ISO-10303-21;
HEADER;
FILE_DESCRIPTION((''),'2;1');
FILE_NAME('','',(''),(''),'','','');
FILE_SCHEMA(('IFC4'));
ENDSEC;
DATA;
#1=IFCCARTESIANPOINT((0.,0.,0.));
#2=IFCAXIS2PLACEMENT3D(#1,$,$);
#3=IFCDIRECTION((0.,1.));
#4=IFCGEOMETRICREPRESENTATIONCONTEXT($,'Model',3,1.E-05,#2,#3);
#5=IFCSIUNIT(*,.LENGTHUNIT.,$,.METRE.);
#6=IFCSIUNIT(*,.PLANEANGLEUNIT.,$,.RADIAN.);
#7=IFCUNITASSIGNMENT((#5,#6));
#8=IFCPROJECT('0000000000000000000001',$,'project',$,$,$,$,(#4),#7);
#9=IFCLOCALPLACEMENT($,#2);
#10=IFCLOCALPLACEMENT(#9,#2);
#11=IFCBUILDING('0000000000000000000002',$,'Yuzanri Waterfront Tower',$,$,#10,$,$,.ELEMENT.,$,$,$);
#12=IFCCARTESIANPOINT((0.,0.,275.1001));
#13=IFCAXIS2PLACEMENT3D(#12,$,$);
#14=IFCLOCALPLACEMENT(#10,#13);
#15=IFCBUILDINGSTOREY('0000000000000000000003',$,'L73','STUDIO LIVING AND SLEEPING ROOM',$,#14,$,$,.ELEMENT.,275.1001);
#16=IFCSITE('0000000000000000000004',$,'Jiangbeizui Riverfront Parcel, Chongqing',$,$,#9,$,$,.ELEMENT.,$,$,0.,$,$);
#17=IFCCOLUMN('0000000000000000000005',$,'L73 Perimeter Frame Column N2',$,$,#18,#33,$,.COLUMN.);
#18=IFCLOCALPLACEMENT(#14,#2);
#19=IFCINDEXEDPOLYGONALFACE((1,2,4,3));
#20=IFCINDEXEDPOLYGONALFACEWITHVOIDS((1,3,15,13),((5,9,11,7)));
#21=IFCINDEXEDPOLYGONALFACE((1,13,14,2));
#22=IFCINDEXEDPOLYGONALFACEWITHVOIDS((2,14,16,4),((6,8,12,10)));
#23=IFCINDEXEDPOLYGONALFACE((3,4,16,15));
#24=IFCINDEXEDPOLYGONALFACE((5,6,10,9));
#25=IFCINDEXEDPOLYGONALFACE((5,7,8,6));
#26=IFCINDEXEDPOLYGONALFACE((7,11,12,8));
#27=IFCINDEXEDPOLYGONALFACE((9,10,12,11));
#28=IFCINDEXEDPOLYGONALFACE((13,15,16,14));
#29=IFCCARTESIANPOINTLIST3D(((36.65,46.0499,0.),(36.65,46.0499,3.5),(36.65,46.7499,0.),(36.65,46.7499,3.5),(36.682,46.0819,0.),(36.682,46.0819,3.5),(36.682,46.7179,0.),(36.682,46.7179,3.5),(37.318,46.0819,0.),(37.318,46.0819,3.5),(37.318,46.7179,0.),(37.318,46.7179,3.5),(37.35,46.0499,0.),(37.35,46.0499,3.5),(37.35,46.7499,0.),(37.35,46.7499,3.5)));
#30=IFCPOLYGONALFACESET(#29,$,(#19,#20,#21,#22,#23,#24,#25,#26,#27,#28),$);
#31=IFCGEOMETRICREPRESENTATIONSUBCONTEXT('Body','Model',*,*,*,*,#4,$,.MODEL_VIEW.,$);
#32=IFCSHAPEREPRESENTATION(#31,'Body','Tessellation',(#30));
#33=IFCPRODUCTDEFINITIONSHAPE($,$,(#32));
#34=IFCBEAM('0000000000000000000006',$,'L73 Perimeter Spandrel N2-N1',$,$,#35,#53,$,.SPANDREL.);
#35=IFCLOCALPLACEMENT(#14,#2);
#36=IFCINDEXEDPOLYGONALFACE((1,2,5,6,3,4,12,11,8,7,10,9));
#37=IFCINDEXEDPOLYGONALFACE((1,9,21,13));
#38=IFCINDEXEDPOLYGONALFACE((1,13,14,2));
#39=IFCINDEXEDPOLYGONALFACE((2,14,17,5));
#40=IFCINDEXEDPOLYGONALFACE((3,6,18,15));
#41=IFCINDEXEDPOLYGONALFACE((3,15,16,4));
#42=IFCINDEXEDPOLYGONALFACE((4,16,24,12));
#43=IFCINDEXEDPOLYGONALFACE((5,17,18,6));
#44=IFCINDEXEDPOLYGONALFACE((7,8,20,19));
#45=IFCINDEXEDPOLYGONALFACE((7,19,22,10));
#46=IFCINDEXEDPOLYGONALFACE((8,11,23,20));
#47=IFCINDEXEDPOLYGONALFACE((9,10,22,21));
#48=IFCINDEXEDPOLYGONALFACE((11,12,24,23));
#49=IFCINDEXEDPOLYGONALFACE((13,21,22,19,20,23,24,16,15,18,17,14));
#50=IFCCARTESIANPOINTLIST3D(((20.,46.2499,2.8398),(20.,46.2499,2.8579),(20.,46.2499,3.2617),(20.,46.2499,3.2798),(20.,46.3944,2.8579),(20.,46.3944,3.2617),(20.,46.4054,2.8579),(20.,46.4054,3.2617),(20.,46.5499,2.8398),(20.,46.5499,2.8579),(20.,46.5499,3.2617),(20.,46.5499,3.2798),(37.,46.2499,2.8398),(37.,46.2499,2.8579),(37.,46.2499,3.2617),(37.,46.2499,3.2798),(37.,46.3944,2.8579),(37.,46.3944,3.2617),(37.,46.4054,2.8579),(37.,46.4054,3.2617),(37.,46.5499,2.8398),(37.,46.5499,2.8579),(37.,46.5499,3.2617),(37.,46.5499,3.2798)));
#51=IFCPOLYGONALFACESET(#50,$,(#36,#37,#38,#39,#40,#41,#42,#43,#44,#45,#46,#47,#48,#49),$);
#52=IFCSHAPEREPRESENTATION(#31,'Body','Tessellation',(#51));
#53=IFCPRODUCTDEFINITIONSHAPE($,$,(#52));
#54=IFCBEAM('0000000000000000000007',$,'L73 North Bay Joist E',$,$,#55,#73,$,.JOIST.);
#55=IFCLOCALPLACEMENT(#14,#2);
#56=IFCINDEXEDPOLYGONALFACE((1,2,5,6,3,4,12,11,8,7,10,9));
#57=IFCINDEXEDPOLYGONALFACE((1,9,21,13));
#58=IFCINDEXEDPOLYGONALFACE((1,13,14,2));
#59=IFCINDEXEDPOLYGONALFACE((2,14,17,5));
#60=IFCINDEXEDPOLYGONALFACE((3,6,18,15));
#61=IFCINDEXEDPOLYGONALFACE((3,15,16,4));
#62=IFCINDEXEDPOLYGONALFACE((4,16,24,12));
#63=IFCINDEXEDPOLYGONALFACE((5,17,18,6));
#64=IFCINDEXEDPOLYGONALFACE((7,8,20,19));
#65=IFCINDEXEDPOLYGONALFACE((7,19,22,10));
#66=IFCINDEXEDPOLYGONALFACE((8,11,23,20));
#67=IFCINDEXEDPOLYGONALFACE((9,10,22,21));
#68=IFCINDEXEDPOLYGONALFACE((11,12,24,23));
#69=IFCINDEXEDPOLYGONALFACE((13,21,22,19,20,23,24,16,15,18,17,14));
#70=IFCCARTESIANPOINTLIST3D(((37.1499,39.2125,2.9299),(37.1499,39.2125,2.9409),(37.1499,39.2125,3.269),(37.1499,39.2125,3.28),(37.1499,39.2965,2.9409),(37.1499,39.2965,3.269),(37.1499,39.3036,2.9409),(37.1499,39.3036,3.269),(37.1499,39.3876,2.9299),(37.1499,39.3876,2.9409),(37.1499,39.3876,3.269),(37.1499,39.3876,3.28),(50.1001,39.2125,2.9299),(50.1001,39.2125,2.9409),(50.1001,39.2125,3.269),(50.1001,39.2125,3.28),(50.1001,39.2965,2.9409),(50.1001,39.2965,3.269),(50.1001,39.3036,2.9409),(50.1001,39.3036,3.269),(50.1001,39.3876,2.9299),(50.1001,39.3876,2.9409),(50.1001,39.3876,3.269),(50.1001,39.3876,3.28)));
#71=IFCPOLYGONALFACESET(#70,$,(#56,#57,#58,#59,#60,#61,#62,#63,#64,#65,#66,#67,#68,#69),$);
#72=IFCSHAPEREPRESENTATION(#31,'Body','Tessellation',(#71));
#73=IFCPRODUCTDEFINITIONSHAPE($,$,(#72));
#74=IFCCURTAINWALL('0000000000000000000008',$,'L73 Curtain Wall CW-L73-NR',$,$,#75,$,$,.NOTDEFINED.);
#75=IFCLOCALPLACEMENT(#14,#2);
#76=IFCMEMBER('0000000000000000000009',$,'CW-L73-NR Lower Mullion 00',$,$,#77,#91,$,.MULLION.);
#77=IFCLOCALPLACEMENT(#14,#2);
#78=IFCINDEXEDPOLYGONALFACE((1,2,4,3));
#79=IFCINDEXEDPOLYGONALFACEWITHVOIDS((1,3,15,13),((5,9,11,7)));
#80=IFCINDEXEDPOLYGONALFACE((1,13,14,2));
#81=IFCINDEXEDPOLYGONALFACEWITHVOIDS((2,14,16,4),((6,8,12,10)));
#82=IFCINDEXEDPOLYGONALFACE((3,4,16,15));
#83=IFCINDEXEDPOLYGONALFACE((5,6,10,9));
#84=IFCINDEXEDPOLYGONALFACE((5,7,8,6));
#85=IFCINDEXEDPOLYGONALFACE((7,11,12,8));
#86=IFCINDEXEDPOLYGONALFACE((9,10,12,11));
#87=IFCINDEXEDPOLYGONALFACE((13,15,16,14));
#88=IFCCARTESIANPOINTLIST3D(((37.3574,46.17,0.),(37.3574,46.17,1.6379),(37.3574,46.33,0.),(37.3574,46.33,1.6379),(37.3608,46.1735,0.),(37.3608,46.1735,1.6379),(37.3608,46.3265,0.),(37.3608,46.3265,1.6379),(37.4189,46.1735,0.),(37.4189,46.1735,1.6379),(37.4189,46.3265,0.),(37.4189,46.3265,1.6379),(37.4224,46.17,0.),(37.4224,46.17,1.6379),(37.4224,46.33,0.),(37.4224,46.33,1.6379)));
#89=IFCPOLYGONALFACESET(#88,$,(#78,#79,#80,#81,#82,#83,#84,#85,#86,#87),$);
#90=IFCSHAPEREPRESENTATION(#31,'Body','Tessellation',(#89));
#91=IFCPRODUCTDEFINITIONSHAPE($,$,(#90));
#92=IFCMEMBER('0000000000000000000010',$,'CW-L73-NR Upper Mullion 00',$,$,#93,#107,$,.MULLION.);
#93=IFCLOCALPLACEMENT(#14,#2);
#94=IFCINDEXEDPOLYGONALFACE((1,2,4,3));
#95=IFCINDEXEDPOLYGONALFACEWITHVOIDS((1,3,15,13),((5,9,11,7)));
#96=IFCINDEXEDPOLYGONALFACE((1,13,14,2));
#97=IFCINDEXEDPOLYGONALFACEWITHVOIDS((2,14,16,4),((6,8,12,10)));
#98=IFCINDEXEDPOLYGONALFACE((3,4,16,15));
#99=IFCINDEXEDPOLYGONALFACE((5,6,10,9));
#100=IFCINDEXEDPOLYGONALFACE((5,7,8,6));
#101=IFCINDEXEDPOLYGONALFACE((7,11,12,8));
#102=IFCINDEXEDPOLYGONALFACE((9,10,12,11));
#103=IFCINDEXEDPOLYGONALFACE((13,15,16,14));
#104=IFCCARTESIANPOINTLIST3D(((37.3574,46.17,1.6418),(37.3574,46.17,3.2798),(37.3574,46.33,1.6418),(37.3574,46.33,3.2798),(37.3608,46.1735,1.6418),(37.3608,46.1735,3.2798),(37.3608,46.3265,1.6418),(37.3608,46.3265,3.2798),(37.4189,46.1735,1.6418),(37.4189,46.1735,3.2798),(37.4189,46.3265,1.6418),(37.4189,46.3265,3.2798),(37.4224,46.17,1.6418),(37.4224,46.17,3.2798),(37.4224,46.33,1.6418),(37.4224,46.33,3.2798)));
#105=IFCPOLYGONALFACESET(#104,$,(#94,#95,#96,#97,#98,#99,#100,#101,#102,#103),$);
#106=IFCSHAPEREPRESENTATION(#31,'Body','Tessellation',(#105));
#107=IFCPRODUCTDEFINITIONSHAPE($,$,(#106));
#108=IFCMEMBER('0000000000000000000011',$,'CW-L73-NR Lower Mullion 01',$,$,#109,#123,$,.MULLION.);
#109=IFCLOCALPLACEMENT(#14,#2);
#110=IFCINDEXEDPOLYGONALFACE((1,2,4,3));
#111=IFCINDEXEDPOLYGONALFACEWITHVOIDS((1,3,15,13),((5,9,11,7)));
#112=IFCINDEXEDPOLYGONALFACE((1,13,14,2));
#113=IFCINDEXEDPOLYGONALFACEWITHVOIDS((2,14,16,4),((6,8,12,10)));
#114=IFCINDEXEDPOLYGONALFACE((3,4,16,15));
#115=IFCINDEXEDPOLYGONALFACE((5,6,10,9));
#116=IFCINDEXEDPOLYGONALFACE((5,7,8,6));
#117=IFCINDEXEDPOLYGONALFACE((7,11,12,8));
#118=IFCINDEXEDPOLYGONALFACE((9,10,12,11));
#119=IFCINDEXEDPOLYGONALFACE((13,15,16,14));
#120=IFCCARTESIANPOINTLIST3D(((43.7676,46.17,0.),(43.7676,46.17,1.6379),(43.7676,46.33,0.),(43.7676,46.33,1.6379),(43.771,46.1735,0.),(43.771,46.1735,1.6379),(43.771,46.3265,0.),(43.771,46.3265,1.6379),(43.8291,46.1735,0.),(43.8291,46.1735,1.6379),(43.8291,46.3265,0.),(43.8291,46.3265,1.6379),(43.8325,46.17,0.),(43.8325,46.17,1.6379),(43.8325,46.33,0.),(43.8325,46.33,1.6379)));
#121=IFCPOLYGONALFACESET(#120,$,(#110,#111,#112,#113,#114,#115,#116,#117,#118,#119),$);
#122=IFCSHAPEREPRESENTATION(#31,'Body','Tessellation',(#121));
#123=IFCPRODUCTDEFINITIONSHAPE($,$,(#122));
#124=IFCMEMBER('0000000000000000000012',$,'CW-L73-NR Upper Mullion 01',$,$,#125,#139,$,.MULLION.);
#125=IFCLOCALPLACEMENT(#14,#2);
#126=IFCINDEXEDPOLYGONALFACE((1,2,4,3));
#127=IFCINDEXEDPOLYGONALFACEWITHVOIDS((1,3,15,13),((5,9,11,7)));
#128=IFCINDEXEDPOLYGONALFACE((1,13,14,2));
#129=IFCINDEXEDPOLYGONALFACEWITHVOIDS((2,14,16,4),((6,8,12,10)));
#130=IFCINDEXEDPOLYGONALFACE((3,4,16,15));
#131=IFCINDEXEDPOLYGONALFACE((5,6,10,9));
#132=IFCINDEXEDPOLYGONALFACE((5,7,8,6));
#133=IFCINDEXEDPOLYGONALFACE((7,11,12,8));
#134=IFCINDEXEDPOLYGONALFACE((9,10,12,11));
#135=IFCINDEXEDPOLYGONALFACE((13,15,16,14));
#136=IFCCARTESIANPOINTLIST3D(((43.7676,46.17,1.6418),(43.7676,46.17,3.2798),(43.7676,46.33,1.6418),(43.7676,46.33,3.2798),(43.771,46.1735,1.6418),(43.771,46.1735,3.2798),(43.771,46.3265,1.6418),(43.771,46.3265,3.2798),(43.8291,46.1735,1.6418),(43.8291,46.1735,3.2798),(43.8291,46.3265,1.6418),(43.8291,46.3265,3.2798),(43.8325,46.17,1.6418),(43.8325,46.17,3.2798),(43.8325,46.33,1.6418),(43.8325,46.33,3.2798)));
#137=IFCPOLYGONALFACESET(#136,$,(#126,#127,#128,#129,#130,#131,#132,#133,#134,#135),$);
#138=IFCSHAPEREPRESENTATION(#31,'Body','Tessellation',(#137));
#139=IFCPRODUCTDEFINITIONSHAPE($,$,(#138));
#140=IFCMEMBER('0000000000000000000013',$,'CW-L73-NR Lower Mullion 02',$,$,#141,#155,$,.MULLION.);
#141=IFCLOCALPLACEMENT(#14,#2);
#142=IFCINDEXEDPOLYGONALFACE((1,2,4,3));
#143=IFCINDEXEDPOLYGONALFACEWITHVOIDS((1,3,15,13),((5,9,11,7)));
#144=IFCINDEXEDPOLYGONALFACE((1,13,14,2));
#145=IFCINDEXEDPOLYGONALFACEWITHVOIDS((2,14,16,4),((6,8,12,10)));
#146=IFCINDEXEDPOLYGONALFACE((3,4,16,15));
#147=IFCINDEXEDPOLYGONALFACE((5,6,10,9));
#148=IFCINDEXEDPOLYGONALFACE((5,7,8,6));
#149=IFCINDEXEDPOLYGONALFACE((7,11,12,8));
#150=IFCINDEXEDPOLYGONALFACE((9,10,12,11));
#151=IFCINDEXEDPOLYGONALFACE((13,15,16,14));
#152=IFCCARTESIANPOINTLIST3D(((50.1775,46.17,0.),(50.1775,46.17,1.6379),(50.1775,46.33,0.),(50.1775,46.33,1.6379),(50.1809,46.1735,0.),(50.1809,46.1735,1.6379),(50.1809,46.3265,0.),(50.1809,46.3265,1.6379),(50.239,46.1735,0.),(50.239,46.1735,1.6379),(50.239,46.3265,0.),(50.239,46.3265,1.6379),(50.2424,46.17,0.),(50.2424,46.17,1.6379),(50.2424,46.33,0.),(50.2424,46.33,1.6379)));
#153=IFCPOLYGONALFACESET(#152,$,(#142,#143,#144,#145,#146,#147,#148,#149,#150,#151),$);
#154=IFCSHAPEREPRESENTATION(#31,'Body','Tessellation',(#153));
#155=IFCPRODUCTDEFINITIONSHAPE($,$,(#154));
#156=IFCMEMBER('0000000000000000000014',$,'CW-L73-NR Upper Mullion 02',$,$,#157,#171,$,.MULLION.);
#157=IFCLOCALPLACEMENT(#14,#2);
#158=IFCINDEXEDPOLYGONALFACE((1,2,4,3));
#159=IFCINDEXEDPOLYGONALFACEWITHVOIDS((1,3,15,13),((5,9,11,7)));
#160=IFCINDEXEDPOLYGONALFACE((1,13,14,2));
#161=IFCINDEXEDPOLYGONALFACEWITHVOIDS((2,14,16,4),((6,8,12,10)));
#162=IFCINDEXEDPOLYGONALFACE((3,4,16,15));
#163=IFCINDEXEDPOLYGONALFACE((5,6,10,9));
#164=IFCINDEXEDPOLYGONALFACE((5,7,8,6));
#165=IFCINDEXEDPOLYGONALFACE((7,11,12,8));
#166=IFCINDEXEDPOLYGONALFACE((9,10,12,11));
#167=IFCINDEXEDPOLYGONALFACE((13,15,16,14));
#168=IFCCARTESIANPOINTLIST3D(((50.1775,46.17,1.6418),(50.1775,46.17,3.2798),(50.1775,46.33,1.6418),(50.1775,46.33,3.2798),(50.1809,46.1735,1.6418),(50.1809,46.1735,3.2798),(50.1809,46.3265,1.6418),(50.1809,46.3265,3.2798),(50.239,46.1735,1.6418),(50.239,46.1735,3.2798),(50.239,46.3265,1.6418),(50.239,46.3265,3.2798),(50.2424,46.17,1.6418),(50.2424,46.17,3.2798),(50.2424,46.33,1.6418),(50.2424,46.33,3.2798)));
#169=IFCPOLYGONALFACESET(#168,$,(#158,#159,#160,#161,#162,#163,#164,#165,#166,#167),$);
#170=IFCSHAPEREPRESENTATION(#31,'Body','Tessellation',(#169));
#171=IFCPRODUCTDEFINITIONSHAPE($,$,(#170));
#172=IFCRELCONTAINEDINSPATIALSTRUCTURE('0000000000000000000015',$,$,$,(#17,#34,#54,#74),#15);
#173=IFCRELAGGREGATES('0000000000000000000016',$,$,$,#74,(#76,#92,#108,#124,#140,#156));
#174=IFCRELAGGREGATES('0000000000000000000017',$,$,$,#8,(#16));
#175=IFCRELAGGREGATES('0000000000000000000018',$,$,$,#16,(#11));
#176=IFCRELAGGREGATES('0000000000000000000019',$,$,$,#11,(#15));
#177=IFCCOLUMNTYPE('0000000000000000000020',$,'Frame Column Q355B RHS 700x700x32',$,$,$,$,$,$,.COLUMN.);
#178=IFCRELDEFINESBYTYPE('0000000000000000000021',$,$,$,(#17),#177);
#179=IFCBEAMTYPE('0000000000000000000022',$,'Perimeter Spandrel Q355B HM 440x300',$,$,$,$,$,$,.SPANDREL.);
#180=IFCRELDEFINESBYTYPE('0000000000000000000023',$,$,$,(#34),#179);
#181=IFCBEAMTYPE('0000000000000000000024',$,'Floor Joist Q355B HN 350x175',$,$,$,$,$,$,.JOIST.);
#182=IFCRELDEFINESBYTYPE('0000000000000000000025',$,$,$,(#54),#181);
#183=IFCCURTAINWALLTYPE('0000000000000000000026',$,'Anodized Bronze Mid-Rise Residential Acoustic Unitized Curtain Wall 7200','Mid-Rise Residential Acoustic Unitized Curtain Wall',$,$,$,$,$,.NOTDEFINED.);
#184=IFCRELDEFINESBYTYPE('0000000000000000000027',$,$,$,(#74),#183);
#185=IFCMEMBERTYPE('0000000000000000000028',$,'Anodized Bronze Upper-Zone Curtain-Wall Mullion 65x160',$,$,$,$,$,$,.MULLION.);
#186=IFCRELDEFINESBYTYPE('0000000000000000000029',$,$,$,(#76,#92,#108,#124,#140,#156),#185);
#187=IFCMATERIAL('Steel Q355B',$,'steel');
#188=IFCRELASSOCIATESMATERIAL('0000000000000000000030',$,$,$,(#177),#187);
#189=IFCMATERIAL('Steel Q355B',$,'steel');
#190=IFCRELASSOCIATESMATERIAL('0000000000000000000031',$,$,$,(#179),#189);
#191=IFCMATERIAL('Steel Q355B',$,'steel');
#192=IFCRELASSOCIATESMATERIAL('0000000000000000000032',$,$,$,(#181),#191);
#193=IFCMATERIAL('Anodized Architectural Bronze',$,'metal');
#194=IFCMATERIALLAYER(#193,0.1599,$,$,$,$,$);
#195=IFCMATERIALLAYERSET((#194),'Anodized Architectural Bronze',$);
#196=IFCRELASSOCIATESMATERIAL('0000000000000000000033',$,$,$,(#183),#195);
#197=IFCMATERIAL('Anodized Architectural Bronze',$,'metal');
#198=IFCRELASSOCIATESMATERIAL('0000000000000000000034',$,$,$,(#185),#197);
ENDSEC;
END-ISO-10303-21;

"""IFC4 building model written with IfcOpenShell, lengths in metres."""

from ifc_helpers import new_model, si_unit, direction, frame, origin, origin_2d, place, context, subcontext, project, spatial, hollow_rectangle, i_section, extrude, source, transform, mapped, material, layer, layer_set, material_profile, profile_set, type_object, element, aggregate, save


model = new_model("IFC4")

# Units and contexts
model_context = context("Model", 3, precision=1e-05, world=origin(), true_north=direction((0.0, 1.0)))
body_context = subcontext(model_context, "Body", "Model", "MODEL_VIEW")
ifc_project = project(units=[si_unit("LENGTHUNIT", "METRE"), si_unit("PLANEANGLEUNIT", "RADIAN")], contexts=[model_context])

# Site, building, storey
site_placement = place(None, origin())
site = spatial("IfcSite", under=ifc_project, at=site_placement, Name="Jiangbeizui Riverfront Parcel, Chongqing", CompositionType="ELEMENT", RefElevation=0.0)
building_placement = place(site_placement, origin())
building = spatial("IfcBuilding", under=site, at=building_placement, Name="Yuzanri Waterfront Tower", CompositionType="ELEMENT")
storey_placement = place(building_placement, frame((0.0, 0.0, 275.1001)))
storey = spatial("IfcBuildingStorey", under=building, at=storey_placement, Name="L73", Description="STUDIO LIVING AND SLEEPING ROOM", CompositionType="ELEMENT", Elevation=275.1001)

# Column
ifc_material_1 = material(Name="Steel Q355B", Category="steel")
ifc_material_profile_1 = material_profile(ifc_material_1, hollow_rectangle(XDim=0.7, YDim=0.7, WallThickness=0.032, at=origin_2d()), Name="RHS 700x700x32")
ifc_profile_set_1 = profile_set([ifc_material_profile_1], Name="Steel Q355B")
column_type = type_object("IfcColumnType", Name="Frame Column Q355B RHS 700x700x32", PredefinedType="COLUMN", material=ifc_profile_set_1)
shared_shape_1 = source(origin(), body_context, "Body", "SweptSolid", [
    extrude(hollow_rectangle(XDim=0.7, YDim=0.7, WallThickness=0.032, at=origin_2d()), origin(), (0.0, 0.0, 1.0), 3.5),
])
column_placement = place(storey_placement, frame((37.0, 46.3999, 0.0), z_axis=(0.0, 0.0, 1.0), x_axis=(1.0, 0.0, 0.0)))
element("IfcColumn", 1, at=column_placement, inside=storey, type_object=column_type, Name="L73 Perimeter Frame Column N2", PredefinedType="COLUMN", context=body_context, shape_type="MappedRepresentation", body=[
    mapped(shared_shape_1, transform((0.0, 0.0, 0.0), scale=1.0)),
])

# Beams
ifc_material_2 = material(Name="Steel Q355B", Category="steel")
ifc_material_profile_2 = material_profile(ifc_material_2, i_section(OverallWidth=0.3, OverallDepth=0.4399, WebThickness=0.011, FlangeThickness=0.0181, at=origin_2d()), Name="HM 440x300x11x18")
ifc_profile_set_2 = profile_set([ifc_material_profile_2], Name="Steel Q355B")
beam_type_1 = type_object("IfcBeamType", Name="Perimeter Spandrel Q355B HM 440x300", PredefinedType="SPANDREL", material=ifc_profile_set_2)
shared_shape_2 = source(origin(), body_context, "Body", "SweptSolid", [
    extrude(i_section(OverallWidth=0.3, OverallDepth=0.4399, WebThickness=0.011, FlangeThickness=0.0181, at=origin_2d()), origin(), (0.0, 0.0, 1.0), 17.0),
])
beam_1_placement = place(storey_placement, frame((37.0, 46.3999, 3.0598), z_axis=(-1.0, 0.0, 0.0), x_axis=(0.0, -1.0, 0.0)))
element("IfcBeam", 2, at=beam_1_placement, inside=storey, type_object=beam_type_1, Name="L73 Perimeter Spandrel N2-N1", PredefinedType="SPANDREL", context=body_context, shape_type="MappedRepresentation", body=[
    mapped(shared_shape_2, transform((0.0, 0.0, 0.0), scale=1.0)),
])
ifc_material_3 = material(Name="Steel Q355B", Category="steel")
ifc_material_profile_3 = material_profile(ifc_material_3, i_section(OverallWidth=0.175, OverallDepth=0.3501, WebThickness=0.0071, FlangeThickness=0.011, at=origin_2d()), Name="HN 350x175x7x11")
ifc_profile_set_3 = profile_set([ifc_material_profile_3], Name="Steel Q355B")
beam_type_2 = type_object("IfcBeamType", Name="Floor Joist Q355B HN 350x175", PredefinedType="JOIST", material=ifc_profile_set_3)
shared_shape_3 = source(origin(), body_context, "Body", "SweptSolid", [
    extrude(i_section(OverallWidth=0.175, OverallDepth=0.3501, WebThickness=0.0071, FlangeThickness=0.011, at=origin_2d()), origin(), (0.0, 0.0, 1.0), 12.9502),
])
beam_2_placement = place(storey_placement, frame((37.1499, 39.3, 3.105), z_axis=(1.0, 0.0, 0.0), x_axis=(0.0, 1.0, 0.0)))
element("IfcBeam", 3, at=beam_2_placement, inside=storey, type_object=beam_type_2, Name="L73 North Bay Joist E", PredefinedType="JOIST", context=body_context, shape_type="MappedRepresentation", body=[
    mapped(shared_shape_3, transform((0.0, 0.0, 0.0), scale=1.0)),
])

# Curtain wall, members
ifc_material_4 = material(Name="Anodized Architectural Bronze", Category="metal")
ifc_layer_1 = layer(ifc_material_4, 0.1599)
ifc_layer_set_1 = layer_set([ifc_layer_1], Name="Anodized Architectural Bronze")
curtain_wall_type = type_object("IfcCurtainWallType", Name="Anodized Bronze Mid-Rise Residential Acoustic Unitized Curtain Wall 7200", Description="Mid-Rise Residential Acoustic Unitized Curtain Wall", PredefinedType="NOTDEFINED", material=ifc_layer_set_1)
curtain_wall_placement = place(storey_placement, origin())
curtain_wall = element("IfcCurtainWall", 4, at=curtain_wall_placement, inside=storey, type_object=curtain_wall_type, Name="L73 Curtain Wall CW-L73-NR", PredefinedType="NOTDEFINED")
ifc_material_5 = material(Name="Anodized Architectural Bronze", Category="metal")
ifc_material_profile_4 = material_profile(ifc_material_5, hollow_rectangle(XDim=0.0649, YDim=0.1599, WallThickness=0.0034, at=origin_2d()), Name="CWM 65x160")
ifc_profile_set_4 = profile_set([ifc_material_profile_4], Name="Anodized Architectural Bronze")
member_type_1 = type_object("IfcMemberType", Name="Anodized Bronze Upper-Zone Curtain-Wall Mullion 65x160", PredefinedType="MULLION", material=ifc_profile_set_4)
shared_shape_4 = source(origin(), body_context, "Body", "SweptSolid", [
    extrude(hollow_rectangle(XDim=0.0649, YDim=0.1599, WallThickness=0.0034, at=origin_2d()), origin(), (0.0, 0.0, 1.0), 1.6379),
])
member_1_placement = place(storey_placement, frame((37.3899, 46.25, 0.0), z_axis=(0.0, 0.0, 1.0), x_axis=(1.0, 0.0, 0.0)))
member_1 = element("IfcMember", 5, at=member_1_placement, type_object=member_type_1, Name="CW-L73-NR Lower Mullion 00", PredefinedType="MULLION", context=body_context, shape_type="MappedRepresentation", body=[
    mapped(shared_shape_4, transform((0.0, 0.0, 0.0), scale=1.0)),
])
member_2_placement = place(storey_placement, frame((37.3899, 46.25, 1.6418), z_axis=(0.0, 0.0, 1.0), x_axis=(1.0, 0.0, 0.0)))
member_2 = element("IfcMember", 6, at=member_2_placement, type_object=member_type_1, Name="CW-L73-NR Upper Mullion 00", PredefinedType="MULLION", context=body_context, shape_type="MappedRepresentation", body=[
    mapped(shared_shape_4, transform((0.0, 0.0, 0.0), scale=1.0)),
])
member_3_placement = place(storey_placement, frame((43.8, 46.25, 0.0), z_axis=(0.0, 0.0, 1.0), x_axis=(1.0, 0.0, 0.0)))
member_3 = element("IfcMember", 7, at=member_3_placement, type_object=member_type_1, Name="CW-L73-NR Lower Mullion 01", PredefinedType="MULLION", context=body_context, shape_type="MappedRepresentation", body=[
    mapped(shared_shape_4, transform((0.0, 0.0, 0.0), scale=1.0)),
])
member_4_placement = place(storey_placement, frame((43.8, 46.25, 1.6418), z_axis=(0.0, 0.0, 1.0), x_axis=(1.0, 0.0, 0.0)))
member_4 = element("IfcMember", 8, at=member_4_placement, type_object=member_type_1, Name="CW-L73-NR Upper Mullion 01", PredefinedType="MULLION", context=body_context, shape_type="MappedRepresentation", body=[
    mapped(shared_shape_4, transform((0.0, 0.0, 0.0), scale=1.0)),
])
member_5_placement = place(storey_placement, frame((50.21, 46.25, 0.0), z_axis=(0.0, 0.0, 1.0), x_axis=(1.0, 0.0, 0.0)))
member_5 = element("IfcMember", 9, at=member_5_placement, type_object=member_type_1, Name="CW-L73-NR Lower Mullion 02", PredefinedType="MULLION", context=body_context, shape_type="MappedRepresentation", body=[
    mapped(shared_shape_4, transform((0.0, 0.0, 0.0), scale=1.0)),
])
member_6_placement = place(storey_placement, frame((50.21, 46.25, 1.6418), z_axis=(0.0, 0.0, 1.0), x_axis=(1.0, 0.0, 0.0)))
member_6 = element("IfcMember", 10, at=member_6_placement, type_object=member_type_1, Name="CW-L73-NR Upper Mullion 02", PredefinedType="MULLION", context=body_context, shape_type="MappedRepresentation", body=[
    mapped(shared_shape_4, transform((0.0, 0.0, 0.0), scale=1.0)),
])
aggregate(curtain_wall, [member_1, member_2, member_3, member_4, member_5, member_6])

save(model, "model.ifc")
